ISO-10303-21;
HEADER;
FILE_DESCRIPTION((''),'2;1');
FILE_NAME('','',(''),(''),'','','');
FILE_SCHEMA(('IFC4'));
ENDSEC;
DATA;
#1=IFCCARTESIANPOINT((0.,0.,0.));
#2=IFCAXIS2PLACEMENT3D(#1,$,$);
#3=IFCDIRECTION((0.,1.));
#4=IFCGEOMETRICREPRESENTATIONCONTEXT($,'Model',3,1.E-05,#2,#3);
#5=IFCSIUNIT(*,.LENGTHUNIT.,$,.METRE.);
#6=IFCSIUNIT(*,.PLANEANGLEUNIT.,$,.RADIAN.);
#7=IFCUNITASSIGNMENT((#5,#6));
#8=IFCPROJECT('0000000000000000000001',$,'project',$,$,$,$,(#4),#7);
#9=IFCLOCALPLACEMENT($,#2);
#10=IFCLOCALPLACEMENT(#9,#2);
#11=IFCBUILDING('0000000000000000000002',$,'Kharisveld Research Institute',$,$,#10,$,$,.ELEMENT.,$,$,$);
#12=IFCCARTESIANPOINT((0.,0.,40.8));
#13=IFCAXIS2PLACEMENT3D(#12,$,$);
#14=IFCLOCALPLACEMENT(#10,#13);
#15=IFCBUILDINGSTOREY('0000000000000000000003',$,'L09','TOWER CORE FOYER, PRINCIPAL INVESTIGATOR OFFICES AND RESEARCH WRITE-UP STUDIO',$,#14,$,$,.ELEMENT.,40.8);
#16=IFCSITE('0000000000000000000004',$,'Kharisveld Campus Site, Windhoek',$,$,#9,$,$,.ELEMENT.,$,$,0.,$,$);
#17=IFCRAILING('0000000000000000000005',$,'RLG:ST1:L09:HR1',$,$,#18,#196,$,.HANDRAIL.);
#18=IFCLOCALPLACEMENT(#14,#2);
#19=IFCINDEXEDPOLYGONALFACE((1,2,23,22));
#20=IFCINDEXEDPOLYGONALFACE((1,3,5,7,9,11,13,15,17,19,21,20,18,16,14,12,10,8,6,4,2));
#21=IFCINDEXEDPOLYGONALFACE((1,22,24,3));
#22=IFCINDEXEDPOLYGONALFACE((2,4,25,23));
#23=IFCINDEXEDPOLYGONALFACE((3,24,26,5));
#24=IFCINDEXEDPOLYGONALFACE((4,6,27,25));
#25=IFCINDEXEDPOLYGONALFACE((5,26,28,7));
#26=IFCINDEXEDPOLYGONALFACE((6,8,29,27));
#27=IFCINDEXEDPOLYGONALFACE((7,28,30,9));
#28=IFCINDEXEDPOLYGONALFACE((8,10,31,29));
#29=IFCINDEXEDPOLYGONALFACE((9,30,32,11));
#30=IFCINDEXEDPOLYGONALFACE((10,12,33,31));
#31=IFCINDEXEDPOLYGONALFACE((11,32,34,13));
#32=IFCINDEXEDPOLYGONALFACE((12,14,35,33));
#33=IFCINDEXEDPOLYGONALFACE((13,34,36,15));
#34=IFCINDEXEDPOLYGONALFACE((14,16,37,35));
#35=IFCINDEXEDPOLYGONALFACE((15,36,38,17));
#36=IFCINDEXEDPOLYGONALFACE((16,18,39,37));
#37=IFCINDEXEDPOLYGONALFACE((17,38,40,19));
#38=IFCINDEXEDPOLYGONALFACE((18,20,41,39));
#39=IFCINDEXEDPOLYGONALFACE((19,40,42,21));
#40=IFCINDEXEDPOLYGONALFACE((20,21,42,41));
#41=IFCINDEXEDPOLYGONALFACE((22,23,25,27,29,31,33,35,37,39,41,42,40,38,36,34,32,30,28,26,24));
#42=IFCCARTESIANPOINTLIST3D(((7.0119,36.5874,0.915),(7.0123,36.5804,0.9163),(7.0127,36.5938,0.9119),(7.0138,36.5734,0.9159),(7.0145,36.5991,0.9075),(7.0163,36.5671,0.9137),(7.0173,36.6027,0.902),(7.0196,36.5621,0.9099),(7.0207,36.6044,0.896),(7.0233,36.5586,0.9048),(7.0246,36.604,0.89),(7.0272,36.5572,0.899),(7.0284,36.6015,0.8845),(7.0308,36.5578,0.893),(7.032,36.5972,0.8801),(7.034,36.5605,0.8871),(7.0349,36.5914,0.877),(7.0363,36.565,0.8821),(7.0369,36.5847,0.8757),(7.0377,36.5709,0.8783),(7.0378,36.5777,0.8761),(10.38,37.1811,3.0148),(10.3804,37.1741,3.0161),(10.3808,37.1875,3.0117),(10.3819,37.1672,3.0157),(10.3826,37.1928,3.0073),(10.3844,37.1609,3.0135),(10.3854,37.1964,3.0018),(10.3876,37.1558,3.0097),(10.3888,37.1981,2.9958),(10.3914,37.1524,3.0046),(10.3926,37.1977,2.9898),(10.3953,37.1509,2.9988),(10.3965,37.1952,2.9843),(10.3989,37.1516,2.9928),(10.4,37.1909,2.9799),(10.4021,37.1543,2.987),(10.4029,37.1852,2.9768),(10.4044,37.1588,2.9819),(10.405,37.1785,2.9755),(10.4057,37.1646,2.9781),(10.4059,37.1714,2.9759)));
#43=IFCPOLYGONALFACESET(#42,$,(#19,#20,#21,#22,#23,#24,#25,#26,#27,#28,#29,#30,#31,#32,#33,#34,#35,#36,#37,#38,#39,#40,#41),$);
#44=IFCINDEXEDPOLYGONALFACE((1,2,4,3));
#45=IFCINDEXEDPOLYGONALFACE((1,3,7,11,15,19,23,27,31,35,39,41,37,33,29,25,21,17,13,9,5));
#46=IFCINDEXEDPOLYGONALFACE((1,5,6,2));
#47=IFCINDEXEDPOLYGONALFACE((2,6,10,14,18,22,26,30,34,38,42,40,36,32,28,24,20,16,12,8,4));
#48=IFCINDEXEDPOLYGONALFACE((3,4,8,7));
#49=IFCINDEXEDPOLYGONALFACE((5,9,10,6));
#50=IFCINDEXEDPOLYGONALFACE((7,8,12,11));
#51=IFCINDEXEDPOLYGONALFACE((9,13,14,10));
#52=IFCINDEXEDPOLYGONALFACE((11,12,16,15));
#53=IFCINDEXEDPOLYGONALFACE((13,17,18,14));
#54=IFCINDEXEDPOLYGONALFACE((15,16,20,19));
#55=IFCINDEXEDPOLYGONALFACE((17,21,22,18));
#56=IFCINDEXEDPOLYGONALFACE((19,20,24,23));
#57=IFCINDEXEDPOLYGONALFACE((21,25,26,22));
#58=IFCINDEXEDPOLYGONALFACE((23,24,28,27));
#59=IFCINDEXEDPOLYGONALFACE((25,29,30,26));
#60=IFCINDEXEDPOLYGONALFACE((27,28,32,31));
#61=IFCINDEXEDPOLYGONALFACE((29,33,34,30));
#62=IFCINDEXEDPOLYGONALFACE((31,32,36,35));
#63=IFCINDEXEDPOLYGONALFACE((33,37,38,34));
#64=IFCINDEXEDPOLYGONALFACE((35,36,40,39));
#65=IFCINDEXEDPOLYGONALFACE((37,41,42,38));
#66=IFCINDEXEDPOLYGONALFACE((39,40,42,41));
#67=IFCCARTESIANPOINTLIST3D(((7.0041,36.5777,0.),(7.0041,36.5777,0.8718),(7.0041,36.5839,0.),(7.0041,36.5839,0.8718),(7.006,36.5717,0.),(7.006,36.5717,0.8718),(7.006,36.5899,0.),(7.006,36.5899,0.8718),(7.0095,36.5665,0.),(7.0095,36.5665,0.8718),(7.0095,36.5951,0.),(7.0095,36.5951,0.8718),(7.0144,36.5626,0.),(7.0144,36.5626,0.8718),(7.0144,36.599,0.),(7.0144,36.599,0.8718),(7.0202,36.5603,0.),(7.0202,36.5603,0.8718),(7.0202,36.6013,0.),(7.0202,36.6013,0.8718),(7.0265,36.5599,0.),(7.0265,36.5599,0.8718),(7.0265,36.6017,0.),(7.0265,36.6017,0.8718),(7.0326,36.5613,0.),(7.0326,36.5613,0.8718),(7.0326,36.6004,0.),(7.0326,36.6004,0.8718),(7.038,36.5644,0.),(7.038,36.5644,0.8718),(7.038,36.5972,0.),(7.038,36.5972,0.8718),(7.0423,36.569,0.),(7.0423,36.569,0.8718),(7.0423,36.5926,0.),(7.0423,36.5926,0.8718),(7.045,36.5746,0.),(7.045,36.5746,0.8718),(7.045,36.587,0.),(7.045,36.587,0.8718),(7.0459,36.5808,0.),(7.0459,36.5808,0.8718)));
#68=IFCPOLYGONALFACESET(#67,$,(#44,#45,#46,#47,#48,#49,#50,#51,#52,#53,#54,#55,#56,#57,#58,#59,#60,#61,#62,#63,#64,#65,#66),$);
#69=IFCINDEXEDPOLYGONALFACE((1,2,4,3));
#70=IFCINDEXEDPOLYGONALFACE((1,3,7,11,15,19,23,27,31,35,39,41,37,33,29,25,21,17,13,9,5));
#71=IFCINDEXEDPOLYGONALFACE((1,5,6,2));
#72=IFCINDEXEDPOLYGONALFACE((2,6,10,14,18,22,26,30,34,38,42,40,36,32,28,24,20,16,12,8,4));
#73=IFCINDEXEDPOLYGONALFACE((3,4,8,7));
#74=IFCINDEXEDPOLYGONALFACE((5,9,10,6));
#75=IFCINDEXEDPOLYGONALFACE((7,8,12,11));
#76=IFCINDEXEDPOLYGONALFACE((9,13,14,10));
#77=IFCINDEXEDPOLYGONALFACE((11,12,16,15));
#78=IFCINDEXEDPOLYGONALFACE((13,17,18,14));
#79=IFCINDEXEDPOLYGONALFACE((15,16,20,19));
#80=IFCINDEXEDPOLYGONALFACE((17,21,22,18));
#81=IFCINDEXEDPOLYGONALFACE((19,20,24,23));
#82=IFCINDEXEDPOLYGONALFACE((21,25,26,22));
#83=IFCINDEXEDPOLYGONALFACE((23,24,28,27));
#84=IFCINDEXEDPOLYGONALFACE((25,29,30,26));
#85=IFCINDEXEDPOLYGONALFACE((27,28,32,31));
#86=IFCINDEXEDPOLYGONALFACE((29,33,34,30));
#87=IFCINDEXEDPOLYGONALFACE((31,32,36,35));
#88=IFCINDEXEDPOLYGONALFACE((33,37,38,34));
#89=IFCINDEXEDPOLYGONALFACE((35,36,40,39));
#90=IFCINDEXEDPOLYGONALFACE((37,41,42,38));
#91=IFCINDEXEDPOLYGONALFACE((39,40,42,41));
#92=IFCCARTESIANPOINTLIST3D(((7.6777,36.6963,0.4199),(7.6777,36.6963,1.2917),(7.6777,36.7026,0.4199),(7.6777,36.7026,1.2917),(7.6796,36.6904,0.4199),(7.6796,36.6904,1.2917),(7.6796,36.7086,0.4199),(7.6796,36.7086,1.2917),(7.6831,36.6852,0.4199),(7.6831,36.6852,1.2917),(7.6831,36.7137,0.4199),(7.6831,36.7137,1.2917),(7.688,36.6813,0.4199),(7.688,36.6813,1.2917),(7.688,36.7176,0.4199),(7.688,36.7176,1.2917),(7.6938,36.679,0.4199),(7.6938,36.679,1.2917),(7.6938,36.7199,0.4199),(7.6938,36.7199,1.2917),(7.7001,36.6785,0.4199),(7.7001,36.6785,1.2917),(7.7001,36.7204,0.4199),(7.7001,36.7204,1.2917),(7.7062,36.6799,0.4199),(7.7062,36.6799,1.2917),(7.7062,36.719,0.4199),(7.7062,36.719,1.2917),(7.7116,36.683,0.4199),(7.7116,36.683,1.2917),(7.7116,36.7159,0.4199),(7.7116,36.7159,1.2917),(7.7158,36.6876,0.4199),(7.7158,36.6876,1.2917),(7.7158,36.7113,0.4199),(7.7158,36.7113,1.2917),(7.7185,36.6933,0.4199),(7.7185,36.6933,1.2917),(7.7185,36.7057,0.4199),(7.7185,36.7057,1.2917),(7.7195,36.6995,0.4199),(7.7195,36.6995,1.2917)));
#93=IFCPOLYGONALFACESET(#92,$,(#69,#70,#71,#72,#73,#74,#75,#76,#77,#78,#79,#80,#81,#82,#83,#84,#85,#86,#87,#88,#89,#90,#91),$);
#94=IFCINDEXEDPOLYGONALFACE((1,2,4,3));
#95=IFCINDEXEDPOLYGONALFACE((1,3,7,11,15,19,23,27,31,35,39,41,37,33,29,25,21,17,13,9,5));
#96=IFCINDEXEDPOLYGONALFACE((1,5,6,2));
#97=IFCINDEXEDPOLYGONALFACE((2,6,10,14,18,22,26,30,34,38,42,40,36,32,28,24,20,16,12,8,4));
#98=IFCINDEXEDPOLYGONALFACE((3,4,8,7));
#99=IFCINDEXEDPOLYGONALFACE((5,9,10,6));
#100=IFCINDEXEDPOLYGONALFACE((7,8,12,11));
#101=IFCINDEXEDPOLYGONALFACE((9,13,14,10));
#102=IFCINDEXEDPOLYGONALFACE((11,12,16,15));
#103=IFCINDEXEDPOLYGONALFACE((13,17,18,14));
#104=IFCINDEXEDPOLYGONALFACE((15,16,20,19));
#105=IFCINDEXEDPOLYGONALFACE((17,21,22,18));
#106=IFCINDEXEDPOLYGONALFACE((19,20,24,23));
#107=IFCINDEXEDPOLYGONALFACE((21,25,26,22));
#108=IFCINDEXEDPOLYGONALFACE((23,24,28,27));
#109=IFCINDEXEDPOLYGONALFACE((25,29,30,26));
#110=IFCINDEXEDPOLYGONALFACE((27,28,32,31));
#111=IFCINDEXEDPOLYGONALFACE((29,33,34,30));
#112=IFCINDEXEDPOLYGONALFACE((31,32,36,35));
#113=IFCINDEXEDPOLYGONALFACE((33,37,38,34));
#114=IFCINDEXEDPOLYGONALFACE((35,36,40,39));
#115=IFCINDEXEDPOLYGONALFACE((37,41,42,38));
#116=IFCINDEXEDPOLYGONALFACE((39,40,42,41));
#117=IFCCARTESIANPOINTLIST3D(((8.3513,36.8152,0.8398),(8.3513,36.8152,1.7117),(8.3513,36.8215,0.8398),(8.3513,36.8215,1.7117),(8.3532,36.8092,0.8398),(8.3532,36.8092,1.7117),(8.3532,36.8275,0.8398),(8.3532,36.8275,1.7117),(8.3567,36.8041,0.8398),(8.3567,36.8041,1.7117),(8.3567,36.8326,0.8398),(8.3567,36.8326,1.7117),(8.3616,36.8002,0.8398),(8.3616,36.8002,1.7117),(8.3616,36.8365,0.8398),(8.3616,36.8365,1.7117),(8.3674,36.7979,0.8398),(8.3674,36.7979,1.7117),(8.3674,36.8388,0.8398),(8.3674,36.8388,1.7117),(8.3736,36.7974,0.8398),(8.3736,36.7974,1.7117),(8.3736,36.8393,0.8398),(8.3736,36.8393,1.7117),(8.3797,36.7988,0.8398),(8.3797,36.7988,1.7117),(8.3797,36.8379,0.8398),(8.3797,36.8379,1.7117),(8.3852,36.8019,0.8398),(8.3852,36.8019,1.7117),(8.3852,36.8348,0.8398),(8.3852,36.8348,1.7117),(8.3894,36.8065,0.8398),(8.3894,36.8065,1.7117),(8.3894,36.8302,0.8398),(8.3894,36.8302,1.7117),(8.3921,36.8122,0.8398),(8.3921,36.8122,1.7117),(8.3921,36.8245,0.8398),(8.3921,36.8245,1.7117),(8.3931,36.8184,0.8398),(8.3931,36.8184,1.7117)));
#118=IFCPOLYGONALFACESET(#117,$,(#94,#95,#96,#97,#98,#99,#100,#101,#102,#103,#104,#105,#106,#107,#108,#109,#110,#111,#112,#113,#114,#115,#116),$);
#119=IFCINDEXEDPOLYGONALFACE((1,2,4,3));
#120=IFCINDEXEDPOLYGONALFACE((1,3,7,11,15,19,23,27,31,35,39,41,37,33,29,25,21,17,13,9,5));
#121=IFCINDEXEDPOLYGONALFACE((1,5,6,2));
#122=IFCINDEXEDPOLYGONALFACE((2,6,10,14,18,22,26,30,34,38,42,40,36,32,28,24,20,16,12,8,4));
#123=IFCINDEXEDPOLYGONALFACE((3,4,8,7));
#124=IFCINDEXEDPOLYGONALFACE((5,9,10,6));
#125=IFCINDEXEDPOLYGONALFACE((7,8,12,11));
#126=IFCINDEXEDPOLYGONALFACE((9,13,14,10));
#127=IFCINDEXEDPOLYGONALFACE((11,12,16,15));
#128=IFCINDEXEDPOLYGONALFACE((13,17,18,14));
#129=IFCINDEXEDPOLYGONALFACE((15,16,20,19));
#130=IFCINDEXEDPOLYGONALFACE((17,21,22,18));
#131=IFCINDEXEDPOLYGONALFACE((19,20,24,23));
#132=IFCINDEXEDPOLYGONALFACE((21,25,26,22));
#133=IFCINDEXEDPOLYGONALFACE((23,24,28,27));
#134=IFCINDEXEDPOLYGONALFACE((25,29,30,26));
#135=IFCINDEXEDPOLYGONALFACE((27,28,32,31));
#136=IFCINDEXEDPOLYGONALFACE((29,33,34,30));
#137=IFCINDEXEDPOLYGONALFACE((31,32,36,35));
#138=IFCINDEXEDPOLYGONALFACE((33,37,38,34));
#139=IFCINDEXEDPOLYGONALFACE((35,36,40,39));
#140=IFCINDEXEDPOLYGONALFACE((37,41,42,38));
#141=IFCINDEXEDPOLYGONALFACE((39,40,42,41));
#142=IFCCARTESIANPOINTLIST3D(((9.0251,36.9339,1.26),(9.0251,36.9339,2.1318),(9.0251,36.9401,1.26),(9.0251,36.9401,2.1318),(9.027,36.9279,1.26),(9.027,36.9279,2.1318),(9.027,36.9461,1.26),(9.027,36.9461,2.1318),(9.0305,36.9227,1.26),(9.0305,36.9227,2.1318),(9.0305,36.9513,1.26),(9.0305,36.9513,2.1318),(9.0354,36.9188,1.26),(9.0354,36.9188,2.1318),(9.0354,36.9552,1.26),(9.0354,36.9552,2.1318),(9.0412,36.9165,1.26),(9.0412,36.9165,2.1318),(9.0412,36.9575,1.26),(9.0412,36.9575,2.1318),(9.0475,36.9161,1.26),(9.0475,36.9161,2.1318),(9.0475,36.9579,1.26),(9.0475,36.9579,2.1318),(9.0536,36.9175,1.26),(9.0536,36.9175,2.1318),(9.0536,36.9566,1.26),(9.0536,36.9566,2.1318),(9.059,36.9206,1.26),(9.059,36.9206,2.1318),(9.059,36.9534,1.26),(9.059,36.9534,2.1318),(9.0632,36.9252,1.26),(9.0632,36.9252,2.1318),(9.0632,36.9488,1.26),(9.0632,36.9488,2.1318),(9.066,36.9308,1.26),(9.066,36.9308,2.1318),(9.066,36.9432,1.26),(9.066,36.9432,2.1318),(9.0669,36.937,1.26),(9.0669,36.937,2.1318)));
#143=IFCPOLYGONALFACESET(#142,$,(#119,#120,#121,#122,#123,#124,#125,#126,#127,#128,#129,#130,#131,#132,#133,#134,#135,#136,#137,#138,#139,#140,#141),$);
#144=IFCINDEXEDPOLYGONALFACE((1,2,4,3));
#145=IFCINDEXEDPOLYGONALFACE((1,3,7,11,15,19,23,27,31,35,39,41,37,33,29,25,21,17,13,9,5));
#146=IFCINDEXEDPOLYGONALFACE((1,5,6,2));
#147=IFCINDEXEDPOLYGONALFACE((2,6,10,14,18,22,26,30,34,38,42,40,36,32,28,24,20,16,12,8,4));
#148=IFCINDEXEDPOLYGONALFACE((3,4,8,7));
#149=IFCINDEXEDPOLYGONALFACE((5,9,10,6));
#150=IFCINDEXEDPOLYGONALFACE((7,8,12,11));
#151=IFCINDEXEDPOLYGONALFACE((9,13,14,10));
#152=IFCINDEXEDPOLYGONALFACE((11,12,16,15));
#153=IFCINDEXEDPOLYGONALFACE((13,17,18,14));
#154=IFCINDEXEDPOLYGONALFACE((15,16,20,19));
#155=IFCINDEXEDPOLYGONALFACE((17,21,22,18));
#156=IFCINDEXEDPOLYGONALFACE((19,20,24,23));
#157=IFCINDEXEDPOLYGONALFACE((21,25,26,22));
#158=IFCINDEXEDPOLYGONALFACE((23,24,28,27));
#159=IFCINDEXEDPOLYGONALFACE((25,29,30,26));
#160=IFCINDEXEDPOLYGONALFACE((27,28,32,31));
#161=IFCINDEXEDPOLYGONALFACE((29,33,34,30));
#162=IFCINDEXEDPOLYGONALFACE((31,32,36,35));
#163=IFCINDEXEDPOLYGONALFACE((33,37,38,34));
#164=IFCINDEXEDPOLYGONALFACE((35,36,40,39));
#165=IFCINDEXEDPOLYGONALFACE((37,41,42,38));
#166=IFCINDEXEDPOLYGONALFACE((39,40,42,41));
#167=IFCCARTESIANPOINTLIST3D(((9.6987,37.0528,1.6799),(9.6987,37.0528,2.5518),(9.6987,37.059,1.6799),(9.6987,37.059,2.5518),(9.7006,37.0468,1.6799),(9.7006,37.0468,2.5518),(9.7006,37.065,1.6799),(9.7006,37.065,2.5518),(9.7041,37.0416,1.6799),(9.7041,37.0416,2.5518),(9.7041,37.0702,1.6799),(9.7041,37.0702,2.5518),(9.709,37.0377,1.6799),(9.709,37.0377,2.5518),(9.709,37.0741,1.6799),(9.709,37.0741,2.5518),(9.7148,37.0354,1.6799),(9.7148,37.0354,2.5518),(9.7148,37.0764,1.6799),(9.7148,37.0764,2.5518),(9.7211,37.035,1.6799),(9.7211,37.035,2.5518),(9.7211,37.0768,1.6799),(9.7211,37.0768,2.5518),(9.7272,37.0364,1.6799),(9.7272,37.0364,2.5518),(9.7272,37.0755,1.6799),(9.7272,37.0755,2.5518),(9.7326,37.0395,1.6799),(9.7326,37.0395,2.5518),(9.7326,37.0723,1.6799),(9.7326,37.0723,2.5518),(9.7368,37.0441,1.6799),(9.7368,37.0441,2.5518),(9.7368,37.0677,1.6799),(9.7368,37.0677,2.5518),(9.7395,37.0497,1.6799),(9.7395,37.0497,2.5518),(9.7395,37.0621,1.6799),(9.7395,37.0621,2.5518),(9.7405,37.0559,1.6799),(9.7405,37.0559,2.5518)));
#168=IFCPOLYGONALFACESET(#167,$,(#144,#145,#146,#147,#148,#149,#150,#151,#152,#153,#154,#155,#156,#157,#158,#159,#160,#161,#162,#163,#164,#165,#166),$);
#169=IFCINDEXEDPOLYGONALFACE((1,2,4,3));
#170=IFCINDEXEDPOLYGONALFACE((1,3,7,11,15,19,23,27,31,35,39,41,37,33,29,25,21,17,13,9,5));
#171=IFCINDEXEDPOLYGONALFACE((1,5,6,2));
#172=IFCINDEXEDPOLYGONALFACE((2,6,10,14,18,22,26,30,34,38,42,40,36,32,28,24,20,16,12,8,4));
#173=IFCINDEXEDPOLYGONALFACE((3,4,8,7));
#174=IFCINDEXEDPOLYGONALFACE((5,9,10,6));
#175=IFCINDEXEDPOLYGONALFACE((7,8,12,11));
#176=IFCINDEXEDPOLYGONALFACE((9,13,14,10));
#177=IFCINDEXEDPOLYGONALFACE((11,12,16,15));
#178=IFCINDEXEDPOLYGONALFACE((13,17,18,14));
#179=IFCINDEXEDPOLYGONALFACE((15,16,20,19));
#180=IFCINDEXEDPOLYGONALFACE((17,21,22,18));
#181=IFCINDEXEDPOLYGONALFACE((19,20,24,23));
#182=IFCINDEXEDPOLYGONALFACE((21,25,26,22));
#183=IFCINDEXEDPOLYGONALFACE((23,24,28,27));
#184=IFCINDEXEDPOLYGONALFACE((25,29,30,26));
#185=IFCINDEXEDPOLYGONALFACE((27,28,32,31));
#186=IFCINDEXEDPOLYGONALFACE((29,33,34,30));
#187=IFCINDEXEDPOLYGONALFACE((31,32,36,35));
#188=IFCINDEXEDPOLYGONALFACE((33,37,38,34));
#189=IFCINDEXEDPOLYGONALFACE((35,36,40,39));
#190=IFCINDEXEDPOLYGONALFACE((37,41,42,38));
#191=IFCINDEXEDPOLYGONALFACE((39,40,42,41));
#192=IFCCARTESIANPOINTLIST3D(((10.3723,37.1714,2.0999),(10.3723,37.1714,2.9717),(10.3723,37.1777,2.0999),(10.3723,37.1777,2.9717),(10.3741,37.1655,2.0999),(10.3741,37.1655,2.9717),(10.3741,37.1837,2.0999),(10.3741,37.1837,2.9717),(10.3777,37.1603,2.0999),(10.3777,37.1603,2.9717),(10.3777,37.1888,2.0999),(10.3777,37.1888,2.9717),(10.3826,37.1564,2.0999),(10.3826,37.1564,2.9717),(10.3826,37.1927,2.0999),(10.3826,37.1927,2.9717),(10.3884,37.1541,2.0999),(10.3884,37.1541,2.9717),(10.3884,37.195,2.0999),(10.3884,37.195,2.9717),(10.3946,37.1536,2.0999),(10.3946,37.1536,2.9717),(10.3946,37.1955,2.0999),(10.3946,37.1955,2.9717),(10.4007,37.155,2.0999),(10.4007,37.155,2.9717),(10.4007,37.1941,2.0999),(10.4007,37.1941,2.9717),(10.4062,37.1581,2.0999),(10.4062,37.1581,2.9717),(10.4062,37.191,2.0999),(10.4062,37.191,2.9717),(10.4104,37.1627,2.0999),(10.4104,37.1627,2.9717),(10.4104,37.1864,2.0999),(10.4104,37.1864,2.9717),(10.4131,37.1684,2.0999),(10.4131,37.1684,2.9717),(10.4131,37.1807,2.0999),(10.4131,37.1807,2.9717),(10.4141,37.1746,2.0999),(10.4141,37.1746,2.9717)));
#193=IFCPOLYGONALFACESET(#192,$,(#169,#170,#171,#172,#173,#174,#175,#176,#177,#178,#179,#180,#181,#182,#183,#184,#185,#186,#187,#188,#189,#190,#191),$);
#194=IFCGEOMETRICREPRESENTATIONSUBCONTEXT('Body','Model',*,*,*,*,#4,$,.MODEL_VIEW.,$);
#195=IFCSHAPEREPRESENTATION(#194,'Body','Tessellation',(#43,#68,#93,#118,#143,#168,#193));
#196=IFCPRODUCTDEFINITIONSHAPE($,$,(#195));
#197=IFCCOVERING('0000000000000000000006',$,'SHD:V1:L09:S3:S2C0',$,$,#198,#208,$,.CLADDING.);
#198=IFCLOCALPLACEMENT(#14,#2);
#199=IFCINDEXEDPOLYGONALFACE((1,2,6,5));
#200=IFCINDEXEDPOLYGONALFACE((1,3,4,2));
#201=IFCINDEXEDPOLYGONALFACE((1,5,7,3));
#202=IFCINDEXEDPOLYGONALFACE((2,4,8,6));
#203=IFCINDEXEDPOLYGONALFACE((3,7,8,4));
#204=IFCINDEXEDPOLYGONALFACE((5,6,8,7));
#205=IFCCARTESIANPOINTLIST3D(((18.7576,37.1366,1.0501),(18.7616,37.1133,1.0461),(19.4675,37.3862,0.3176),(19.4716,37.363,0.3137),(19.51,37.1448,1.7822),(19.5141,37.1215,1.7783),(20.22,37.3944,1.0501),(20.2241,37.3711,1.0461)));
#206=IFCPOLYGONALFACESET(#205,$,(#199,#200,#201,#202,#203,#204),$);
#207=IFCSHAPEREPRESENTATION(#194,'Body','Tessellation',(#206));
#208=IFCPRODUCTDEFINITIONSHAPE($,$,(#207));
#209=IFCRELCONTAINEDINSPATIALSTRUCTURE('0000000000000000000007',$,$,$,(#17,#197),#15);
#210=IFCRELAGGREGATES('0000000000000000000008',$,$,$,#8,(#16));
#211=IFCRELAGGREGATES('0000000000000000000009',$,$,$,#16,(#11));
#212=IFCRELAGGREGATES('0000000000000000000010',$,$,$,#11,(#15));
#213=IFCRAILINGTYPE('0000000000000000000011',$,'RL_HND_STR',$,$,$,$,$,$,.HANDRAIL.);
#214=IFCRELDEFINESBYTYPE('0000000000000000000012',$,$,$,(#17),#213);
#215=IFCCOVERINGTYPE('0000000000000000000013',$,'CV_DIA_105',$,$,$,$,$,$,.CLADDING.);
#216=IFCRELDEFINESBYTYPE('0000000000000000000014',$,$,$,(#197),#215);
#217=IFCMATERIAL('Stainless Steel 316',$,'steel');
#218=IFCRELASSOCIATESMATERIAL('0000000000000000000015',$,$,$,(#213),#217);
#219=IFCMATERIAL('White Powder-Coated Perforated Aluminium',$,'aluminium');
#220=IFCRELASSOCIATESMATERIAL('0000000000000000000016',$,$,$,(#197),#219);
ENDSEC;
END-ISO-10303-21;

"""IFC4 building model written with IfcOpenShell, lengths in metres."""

from ifc_helpers import new_model, si_unit, direction, frame, origin, origin_2d, place, context, subcontext, project, spatial, polyline, circle, outline, extrude, material, type_object, element, save


model = new_model("IFC4")

# Units and contexts
model_context = context("Model", 3, precision=1e-05, world=origin(), true_north=direction((0.0, 1.0)))
body_context = subcontext(model_context, "Body", "Model", "MODEL_VIEW")
ifc_project = project(units=[si_unit("LENGTHUNIT", "METRE"), si_unit("PLANEANGLEUNIT", "RADIAN")], contexts=[model_context])

# Site, building, storey
site_placement = place(None, origin())
site = spatial("IfcSite", under=ifc_project, at=site_placement, Name="Kharisveld Campus Site, Windhoek", CompositionType="ELEMENT", RefElevation=0.0)
building_placement = place(site_placement, origin())
building = spatial("IfcBuilding", under=site, at=building_placement, Name="Kharisveld Research Institute", CompositionType="ELEMENT")
storey_placement = place(building_placement, frame((0.0, 0.0, 40.8)))
storey = spatial("IfcBuildingStorey", under=building, at=storey_placement, Name="L09", Description="TOWER CORE FOYER, PRINCIPAL INVESTIGATOR OFFICES AND RESEARCH WRITE-UP STUDIO", CompositionType="ELEMENT", Elevation=40.8)

# Railing
ifc_material_1 = material(Name="Stainless Steel 316", Category="steel")
railing_type = type_object("IfcRailingType", Name="RL_HND_STR", PredefinedType="HANDRAIL", material=ifc_material_1)
railing_placement = place(storey_placement, frame((7.0249, 36.5808, 0.0)))
element("IfcRailing", 1, at=railing_placement, inside=storey, type_object=railing_type, Name="RLG:ST1:L09:HR1", PredefinedType="HANDRAIL", context=body_context, shape_type="SweptSolid", body=[
    extrude(circle(Radius=0.0239, at=origin_2d()), frame((0.0, 0.0, 0.896), z_axis=(0.839254, 0.147946, 0.523226), x_axis=(-0.173606, 0.984815, 0.0)), (0.0, 0.0, 1.0), 4.0132),
    extrude(circle(Radius=0.021, at=origin_2d()), origin(), (0.0, 0.0, 1.0), 0.8718),
    extrude(circle(Radius=0.021, at=origin_2d()), frame((0.6736, 0.1187, 0.4199)), (0.0, 0.0, 1.0), 0.8718),
    extrude(circle(Radius=0.021, at=origin_2d()), frame((1.3472, 0.2375, 0.8398)), (0.0, 0.0, 1.0), 0.8718),
    extrude(circle(Radius=0.021, at=origin_2d()), frame((2.021, 0.3562, 1.26)), (0.0, 0.0, 1.0), 0.8718),
    extrude(circle(Radius=0.021, at=origin_2d()), frame((2.6946, 0.4751, 1.6799)), (0.0, 0.0, 1.0), 0.8718),
    extrude(circle(Radius=0.021, at=origin_2d()), frame((3.3682, 0.5938, 2.0999)), (0.0, 0.0, 1.0), 0.8718),
])

# Covering
ifc_material_2 = material(Name="White Powder-Coated Perforated Aluminium", Category="aluminium")
covering_type = type_object("IfcCoveringType", Name="CV_DIA_105", PredefinedType="CLADDING")
for number, where, z_axis, x_axis, name in (
    (2, (19.4675, 37.3862, 0.3176), (-0.171234, 0.971299, 0.165096), (-0.676058, -0.237732, 0.697445), "SHD:V1:L09:S3:S2C0"),
):
    element("IfcCovering", number, at=place(storey_placement, frame(where, z_axis=z_axis, x_axis=x_axis)), inside=storey, type_object=covering_type, material=ifc_material_2, Name=name, PredefinedType="CLADDING", context=body_context, shape_type="SweptSolid", body=[
        extrude(outline(polyline([(0.0, 0.0), (1.0502, 0.0), (1.0502, 1.0499), (0.0002, 1.0501), (0.0, 0.0)])), origin(), (0.0, 0.0, -1.0), 0.0239),
    ])

save(model, "model.ifc")
